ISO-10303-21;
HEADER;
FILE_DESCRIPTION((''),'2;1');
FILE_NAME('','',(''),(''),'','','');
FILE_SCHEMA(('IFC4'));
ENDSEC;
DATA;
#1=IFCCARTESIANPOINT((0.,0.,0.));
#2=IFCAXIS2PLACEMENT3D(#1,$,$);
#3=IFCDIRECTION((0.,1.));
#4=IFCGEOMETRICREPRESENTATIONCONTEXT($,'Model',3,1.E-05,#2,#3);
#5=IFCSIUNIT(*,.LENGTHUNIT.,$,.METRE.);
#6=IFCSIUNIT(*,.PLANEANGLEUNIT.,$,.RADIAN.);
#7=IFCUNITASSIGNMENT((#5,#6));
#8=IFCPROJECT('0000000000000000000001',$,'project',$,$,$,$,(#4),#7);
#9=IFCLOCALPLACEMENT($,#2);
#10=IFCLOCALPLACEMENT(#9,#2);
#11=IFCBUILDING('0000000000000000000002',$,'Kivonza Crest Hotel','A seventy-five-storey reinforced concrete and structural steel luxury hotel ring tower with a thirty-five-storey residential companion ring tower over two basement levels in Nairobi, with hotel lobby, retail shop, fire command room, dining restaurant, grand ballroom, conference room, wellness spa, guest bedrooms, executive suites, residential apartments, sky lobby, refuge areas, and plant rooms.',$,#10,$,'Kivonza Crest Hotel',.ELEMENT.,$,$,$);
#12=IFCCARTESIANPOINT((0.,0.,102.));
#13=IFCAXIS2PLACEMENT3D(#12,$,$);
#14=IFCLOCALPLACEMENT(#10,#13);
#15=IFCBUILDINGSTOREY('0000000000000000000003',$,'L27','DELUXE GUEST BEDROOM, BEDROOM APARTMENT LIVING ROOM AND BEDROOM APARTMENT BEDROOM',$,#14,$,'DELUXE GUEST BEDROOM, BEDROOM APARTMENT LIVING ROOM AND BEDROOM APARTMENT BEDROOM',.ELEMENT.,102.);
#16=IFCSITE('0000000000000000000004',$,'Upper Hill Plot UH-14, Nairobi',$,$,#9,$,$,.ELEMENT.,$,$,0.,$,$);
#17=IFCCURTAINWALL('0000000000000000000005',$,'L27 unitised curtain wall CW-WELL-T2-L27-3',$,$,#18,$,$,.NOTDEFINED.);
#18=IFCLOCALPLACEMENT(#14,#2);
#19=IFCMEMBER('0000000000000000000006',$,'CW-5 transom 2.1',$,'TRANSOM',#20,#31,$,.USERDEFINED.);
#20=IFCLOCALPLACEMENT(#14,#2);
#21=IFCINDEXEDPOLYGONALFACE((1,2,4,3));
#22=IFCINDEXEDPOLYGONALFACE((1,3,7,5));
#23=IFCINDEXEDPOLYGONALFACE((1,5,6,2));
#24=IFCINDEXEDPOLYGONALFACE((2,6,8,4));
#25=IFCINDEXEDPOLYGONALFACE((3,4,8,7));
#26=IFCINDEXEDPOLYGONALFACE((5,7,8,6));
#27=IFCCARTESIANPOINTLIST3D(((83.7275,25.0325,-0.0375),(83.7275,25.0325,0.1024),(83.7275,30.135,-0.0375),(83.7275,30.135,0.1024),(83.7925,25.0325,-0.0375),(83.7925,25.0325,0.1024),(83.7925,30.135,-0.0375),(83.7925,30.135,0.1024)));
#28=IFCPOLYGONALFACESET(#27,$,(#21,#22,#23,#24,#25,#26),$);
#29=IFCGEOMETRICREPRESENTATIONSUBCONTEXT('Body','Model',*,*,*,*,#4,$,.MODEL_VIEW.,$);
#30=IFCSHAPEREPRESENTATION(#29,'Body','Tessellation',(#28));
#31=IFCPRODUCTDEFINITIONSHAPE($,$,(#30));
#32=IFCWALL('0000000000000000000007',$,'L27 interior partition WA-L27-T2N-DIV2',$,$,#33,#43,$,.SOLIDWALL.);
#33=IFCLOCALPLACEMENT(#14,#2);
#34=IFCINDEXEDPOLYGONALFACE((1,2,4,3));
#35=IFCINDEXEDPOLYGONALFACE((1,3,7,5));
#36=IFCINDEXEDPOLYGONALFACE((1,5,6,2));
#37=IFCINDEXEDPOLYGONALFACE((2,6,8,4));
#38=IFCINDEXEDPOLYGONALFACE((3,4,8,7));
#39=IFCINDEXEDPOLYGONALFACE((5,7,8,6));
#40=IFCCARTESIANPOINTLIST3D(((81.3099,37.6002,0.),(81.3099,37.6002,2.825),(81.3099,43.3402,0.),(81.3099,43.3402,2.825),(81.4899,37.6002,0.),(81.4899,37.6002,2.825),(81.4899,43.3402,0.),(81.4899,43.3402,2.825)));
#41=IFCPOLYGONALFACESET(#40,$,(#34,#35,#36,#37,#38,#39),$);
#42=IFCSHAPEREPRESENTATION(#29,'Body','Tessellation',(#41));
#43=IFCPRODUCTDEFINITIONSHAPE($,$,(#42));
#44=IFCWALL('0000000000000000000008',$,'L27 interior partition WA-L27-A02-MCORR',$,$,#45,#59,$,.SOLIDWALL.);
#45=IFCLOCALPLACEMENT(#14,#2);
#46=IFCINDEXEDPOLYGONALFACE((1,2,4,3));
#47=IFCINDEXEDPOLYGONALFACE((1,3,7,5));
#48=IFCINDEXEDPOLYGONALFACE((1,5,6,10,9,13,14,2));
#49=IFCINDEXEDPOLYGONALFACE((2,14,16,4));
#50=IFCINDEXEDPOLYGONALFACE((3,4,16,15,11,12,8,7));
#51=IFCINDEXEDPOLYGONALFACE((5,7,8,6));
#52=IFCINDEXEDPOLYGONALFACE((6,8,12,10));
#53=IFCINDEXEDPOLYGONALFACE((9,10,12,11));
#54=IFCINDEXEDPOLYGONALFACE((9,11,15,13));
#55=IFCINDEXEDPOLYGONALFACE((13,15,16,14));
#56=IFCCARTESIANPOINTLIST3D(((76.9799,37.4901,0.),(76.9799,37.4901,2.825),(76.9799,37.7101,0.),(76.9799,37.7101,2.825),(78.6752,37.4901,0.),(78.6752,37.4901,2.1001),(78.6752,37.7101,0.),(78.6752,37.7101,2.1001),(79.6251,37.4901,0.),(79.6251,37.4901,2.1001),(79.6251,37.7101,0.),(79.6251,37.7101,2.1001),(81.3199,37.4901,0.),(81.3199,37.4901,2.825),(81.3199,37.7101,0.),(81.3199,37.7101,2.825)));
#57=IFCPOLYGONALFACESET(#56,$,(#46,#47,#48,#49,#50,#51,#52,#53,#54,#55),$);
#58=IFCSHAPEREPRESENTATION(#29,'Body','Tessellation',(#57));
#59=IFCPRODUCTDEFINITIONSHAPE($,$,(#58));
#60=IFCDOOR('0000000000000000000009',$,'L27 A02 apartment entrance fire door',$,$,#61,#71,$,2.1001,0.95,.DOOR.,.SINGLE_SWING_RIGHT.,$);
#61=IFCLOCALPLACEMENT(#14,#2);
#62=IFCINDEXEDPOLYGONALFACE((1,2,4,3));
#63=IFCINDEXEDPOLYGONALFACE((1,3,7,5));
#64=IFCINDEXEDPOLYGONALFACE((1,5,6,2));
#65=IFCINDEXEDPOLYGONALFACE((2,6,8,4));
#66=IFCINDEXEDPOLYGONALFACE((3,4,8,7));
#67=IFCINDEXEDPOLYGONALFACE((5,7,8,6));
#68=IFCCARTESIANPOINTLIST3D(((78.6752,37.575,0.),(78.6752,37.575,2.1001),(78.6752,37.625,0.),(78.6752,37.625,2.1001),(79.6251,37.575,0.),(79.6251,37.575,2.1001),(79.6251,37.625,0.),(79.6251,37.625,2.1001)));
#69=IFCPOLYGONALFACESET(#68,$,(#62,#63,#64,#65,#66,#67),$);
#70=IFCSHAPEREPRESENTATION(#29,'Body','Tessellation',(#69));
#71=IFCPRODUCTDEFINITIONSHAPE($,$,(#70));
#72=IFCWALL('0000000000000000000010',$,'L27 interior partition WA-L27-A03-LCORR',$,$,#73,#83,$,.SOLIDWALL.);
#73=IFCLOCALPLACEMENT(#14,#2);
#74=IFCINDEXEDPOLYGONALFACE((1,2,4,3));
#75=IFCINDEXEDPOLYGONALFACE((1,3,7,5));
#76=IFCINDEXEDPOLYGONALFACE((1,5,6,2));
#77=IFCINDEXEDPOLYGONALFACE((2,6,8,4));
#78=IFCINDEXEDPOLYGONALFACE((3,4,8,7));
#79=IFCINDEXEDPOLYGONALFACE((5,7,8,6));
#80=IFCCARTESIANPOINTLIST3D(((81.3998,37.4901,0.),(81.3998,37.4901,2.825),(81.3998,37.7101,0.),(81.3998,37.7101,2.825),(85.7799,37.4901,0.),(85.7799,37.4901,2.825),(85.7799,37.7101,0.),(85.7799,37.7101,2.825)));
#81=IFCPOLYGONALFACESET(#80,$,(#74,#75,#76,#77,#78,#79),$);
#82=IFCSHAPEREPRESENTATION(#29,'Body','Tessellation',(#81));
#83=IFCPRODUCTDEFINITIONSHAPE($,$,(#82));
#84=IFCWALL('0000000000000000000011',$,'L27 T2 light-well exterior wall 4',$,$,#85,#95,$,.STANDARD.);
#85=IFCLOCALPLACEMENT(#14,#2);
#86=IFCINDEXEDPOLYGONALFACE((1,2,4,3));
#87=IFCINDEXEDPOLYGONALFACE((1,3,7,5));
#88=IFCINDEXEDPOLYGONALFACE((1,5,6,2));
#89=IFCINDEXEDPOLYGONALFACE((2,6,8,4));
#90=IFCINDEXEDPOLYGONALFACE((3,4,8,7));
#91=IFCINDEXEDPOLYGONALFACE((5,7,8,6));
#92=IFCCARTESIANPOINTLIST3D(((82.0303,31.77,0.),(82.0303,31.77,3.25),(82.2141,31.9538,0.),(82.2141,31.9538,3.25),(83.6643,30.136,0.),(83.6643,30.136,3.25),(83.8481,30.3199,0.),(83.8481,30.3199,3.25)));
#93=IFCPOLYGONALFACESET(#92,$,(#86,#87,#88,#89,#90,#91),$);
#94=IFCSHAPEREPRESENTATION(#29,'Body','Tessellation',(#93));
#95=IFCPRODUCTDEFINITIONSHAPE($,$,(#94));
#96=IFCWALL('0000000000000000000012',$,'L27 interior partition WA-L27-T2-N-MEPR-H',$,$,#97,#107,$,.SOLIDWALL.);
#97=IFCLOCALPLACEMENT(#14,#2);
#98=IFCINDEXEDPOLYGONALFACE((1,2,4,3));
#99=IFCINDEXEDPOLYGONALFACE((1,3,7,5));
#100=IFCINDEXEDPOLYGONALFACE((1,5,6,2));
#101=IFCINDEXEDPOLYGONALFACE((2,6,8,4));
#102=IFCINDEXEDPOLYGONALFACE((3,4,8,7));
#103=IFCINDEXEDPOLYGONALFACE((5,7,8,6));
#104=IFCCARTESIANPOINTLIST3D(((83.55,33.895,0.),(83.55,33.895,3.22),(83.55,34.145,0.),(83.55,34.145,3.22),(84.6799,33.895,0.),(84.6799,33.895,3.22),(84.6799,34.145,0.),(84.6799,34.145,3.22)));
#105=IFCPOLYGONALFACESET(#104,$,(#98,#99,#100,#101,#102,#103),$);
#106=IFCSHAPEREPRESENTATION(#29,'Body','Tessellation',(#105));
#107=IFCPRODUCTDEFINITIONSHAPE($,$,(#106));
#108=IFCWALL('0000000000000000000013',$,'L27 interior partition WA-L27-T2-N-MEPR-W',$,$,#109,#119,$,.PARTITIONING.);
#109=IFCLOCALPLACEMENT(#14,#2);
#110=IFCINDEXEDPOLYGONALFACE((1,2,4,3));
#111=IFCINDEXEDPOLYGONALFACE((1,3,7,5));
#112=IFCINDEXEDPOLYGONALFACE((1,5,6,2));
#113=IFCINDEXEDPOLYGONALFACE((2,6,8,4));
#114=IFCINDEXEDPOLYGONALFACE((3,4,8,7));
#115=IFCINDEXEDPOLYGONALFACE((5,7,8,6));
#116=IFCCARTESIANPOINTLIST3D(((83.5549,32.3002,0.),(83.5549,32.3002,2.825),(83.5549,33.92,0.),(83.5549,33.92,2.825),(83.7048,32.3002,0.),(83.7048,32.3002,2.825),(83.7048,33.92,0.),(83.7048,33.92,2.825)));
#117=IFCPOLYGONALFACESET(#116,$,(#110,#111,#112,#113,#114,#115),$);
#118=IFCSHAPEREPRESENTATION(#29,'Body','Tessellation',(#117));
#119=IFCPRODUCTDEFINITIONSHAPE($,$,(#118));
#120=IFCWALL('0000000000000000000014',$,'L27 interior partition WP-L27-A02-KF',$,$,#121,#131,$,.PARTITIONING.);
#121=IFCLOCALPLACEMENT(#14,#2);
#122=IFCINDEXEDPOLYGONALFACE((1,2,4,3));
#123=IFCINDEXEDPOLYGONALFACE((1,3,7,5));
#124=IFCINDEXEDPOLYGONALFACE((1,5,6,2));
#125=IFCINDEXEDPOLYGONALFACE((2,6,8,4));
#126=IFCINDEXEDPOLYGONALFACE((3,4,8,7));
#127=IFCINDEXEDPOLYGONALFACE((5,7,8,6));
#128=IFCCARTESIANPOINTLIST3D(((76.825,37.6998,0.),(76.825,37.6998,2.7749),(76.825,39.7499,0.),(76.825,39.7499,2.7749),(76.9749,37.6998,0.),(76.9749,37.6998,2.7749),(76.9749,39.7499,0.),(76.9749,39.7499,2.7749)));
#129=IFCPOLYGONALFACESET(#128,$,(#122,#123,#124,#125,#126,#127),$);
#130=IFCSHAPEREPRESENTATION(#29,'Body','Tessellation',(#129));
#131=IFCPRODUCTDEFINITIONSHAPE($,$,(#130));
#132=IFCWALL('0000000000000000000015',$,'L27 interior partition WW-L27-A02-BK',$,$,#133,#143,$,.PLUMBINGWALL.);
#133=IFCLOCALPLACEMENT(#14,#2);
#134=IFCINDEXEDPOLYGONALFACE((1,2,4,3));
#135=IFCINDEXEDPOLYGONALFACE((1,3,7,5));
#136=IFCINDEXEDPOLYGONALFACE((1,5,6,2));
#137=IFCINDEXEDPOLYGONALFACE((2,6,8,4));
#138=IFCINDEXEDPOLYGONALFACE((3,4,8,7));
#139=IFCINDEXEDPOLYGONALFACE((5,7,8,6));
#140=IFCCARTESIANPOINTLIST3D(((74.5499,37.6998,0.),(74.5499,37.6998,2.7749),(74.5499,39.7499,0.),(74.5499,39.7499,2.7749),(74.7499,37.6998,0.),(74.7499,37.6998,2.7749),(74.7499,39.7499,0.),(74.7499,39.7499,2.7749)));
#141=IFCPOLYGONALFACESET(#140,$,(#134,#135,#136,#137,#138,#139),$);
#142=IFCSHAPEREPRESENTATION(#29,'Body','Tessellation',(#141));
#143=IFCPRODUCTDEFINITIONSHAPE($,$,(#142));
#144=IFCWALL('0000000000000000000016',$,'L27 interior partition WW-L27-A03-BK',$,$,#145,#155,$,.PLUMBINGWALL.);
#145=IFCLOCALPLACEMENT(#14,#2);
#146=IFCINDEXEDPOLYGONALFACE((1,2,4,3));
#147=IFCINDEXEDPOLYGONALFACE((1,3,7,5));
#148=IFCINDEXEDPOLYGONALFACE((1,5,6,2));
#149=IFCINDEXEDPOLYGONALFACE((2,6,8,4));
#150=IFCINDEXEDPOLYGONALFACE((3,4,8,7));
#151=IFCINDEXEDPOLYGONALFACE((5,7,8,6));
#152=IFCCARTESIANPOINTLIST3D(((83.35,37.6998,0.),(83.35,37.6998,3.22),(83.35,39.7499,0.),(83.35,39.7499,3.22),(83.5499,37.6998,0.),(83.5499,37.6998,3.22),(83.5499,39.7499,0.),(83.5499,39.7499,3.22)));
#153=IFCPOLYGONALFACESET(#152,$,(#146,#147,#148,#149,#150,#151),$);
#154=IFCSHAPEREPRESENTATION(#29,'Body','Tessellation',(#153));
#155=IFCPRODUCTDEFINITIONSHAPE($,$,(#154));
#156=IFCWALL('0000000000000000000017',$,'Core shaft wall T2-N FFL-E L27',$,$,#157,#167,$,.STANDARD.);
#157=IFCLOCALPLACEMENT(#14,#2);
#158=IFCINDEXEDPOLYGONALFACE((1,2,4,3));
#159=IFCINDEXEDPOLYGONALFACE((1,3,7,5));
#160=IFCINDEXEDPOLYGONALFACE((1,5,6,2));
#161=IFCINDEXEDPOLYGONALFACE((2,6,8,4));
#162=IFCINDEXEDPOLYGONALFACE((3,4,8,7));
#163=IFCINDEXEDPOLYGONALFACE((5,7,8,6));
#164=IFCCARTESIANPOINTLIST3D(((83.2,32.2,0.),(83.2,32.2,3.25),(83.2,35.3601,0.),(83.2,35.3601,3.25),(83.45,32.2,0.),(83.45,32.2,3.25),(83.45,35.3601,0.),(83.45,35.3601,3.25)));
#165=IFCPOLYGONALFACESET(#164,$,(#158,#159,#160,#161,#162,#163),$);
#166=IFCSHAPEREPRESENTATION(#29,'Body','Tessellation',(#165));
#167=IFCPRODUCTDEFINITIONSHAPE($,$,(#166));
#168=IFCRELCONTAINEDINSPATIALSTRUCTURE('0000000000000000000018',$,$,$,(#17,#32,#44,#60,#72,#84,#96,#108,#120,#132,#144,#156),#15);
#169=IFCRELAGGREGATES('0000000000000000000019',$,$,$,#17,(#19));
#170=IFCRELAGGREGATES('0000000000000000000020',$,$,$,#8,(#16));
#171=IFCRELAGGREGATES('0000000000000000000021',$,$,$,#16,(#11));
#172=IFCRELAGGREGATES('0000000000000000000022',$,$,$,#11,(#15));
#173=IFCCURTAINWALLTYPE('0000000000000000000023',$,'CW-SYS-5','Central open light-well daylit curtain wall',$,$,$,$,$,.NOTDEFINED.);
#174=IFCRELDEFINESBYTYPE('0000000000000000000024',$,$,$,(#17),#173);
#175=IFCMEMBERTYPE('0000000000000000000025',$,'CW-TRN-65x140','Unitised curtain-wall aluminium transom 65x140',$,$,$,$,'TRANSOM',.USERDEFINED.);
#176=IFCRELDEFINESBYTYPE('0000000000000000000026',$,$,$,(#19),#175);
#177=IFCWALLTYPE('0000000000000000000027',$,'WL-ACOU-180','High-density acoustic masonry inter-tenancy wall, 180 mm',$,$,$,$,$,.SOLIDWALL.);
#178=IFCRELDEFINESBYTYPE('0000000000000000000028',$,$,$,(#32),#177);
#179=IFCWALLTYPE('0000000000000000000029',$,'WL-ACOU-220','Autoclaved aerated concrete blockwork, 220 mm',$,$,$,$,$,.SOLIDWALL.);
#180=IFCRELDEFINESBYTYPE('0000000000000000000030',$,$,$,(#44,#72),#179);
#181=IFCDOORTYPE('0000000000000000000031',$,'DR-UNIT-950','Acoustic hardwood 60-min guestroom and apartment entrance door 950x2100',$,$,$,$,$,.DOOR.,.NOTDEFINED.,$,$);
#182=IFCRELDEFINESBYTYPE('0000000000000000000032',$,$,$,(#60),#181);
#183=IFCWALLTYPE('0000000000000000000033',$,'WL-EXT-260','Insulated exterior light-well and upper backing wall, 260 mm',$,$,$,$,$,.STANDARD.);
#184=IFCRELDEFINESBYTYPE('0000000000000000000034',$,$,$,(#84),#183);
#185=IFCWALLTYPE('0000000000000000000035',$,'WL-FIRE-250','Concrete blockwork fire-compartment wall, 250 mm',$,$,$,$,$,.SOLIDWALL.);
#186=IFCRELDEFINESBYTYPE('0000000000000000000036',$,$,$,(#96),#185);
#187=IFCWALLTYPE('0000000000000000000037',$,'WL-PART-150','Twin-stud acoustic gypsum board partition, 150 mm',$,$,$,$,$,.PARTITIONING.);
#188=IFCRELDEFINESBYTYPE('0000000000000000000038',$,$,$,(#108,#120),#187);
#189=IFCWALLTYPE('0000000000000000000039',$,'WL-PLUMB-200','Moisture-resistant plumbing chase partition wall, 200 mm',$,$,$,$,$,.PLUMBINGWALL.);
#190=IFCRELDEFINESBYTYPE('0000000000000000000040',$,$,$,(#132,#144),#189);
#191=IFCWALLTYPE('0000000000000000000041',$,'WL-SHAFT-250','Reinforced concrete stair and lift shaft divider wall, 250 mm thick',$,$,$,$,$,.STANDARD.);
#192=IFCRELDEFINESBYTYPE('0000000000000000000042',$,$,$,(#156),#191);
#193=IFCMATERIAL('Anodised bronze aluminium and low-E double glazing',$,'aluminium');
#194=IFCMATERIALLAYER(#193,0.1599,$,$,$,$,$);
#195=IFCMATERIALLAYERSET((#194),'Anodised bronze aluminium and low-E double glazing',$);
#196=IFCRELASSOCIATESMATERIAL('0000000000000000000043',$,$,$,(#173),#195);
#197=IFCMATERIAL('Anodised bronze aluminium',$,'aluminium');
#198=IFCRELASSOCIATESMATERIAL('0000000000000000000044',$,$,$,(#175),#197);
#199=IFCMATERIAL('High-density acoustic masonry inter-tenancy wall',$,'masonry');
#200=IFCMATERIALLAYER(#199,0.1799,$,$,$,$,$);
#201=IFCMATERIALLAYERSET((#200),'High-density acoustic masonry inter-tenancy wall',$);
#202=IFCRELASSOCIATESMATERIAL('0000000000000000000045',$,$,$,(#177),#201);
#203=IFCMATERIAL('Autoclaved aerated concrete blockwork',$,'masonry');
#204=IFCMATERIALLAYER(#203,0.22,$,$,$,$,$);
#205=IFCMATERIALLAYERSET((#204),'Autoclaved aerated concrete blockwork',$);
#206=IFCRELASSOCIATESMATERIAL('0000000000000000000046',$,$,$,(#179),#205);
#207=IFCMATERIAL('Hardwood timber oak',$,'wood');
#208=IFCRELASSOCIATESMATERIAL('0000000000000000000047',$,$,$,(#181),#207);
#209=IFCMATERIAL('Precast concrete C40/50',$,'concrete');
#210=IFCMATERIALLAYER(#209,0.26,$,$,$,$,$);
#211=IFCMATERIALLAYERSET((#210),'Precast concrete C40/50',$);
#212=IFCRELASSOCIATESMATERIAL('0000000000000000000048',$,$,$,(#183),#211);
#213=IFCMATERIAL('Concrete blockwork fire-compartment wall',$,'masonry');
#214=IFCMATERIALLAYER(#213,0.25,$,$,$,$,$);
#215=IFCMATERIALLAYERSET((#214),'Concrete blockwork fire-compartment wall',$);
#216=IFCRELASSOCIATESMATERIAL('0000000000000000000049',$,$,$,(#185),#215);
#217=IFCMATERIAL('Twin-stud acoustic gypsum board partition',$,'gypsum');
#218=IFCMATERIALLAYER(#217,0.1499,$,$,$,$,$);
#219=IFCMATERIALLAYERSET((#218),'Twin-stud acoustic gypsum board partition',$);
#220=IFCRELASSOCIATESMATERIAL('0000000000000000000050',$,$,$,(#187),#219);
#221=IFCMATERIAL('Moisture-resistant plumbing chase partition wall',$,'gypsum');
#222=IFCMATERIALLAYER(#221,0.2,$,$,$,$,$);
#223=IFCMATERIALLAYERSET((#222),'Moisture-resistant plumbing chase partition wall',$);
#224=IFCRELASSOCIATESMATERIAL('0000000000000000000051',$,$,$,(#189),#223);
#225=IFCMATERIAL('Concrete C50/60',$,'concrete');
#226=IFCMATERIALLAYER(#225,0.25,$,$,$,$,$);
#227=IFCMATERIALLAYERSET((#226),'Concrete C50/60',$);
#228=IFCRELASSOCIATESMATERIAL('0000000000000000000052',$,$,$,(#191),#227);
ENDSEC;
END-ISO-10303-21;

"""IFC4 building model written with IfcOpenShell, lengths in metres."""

from ifc_helpers import new_model, si_unit, direction, frame, frame_2d, origin, origin_2d, place, context, subcontext, project, spatial, rectangle, extrude, material, layer, layer_set, material_profile, profile_set, type_object, element, fill, aggregate, save


model = new_model("IFC4")

# Units and contexts
model_context = context("Model", 3, precision=1e-05, world=origin(), true_north=direction((0.0, 1.0)))
body_context = subcontext(model_context, "Body", "Model", "MODEL_VIEW")
ifc_project = project(units=[si_unit("LENGTHUNIT", "METRE"), si_unit("PLANEANGLEUNIT", "RADIAN")], contexts=[model_context])

# Site, building, storey
site_placement = place(None, origin())
site = spatial("IfcSite", under=ifc_project, at=site_placement, Name="Upper Hill Plot UH-14, Nairobi", CompositionType="ELEMENT", RefElevation=0.0)
building_placement = place(site_placement, origin())
building = spatial("IfcBuilding", under=site, at=building_placement, Name="Kivonza Crest Hotel", Description="A seventy-five-storey reinforced concrete and structural steel luxury hotel ring tower with a thirty-five-storey residential companion ring tower over two basement levels in Nairobi, with hotel lobby, retail shop, fire command room, dining restaurant, grand ballroom, conference room, wellness spa, guest bedrooms, executive suites, residential apartments, sky lobby, refuge areas, and plant rooms.", LongName="Kivonza Crest Hotel", CompositionType="ELEMENT")
storey_placement = place(building_placement, frame((0.0, 0.0, 102.0)))
storey = spatial("IfcBuildingStorey", under=building, at=storey_placement, Name="L27", Description="DELUXE GUEST BEDROOM, BEDROOM APARTMENT LIVING ROOM AND BEDROOM APARTMENT BEDROOM", LongName="DELUXE GUEST BEDROOM, BEDROOM APARTMENT LIVING ROOM AND BEDROOM APARTMENT BEDROOM", CompositionType="ELEMENT", Elevation=102.0)

# Curtain wall, member
ifc_material_1 = material(Name="Anodised bronze aluminium and low-E double glazing", Category="aluminium")
ifc_layer_1 = layer(ifc_material_1, 0.1599)
ifc_layer_set_1 = layer_set([ifc_layer_1], Name="Anodised bronze aluminium and low-E double glazing")
curtain_wall_type = type_object("IfcCurtainWallType", Name="CW-SYS-5", Description="Central open light-well daylit curtain wall", PredefinedType="NOTDEFINED", material=ifc_layer_set_1)
curtain_wall_placement = place(storey_placement, origin())
curtain_wall = element("IfcCurtainWall", 1, at=curtain_wall_placement, inside=storey, type_object=curtain_wall_type, Name="L27 unitised curtain wall CW-WELL-T2-L27-3", PredefinedType="NOTDEFINED")
ifc_material_2 = material(Name="Anodised bronze aluminium", Category="aluminium")
ifc_material_profile = material_profile(ifc_material_2, rectangle(XDim=0.0649, YDim=0.1399, at=origin_2d()), Name="CW-T 65x140")
ifc_profile_set = profile_set([ifc_material_profile], Name="Anodised bronze aluminium")
member_type = type_object("IfcMemberType", Name="CW-TRN-65x140", Description="Unitised curtain-wall aluminium transom 65x140", ElementType="TRANSOM", PredefinedType="USERDEFINED", material=ifc_profile_set)
member_placement = place(storey_placement, frame((83.76, 25.0325, 0.0325), z_axis=(0.0, 1.0, 0.0), x_axis=(-1.0, 0.0, 0.0)))
member = element("IfcMember", 2, at=member_placement, type_object=member_type, Name="CW-5 transom 2.1", ObjectType="TRANSOM", PredefinedType="USERDEFINED", context=body_context, shape_type="SweptSolid", body=[
    extrude(rectangle(XDim=0.0649, YDim=0.1399, at=origin_2d()), origin(), (0.0, 0.0, 1.0), 5.1025),
])
aggregate(curtain_wall, [member])

# Wall
ifc_material_3 = material(Name="High-density acoustic masonry inter-tenancy wall", Category="masonry")
ifc_layer_2 = layer(ifc_material_3, 0.1799)
ifc_layer_set_2 = layer_set([ifc_layer_2], Name="High-density acoustic masonry inter-tenancy wall")
wall_type_1 = type_object("IfcWallType", Name="WL-ACOU-180", Description="High-density acoustic masonry inter-tenancy wall, 180 mm", PredefinedType="SOLIDWALL", material=ifc_layer_set_2)
wall_1_placement = place(storey_placement, frame((81.3999, 37.6001, 0.0), z_axis=(0.0, 0.0, 1.0), x_axis=(0.0, 1.0, 0.0)))
element("IfcWall", 3, at=wall_1_placement, inside=storey, type_object=wall_type_1, Name="L27 interior partition WA-L27-T2N-DIV2", PredefinedType="SOLIDWALL", context=body_context, shape_type="SweptSolid", body=[
    extrude(rectangle(XDim=5.74, YDim=0.1799, at=frame_2d((2.8701, 0.0))), origin(), (0.0, 0.0, 1.0), 2.825),
])

# Wall, opening, door
ifc_material_4 = material(Name="Autoclaved aerated concrete blockwork", Category="masonry")
ifc_layer_3 = layer(ifc_material_4, 0.22)
ifc_layer_set_3 = layer_set([ifc_layer_3], Name="Autoclaved aerated concrete blockwork")
wall_type_2 = type_object("IfcWallType", Name="WL-ACOU-220", Description="Autoclaved aerated concrete blockwork, 220 mm", PredefinedType="SOLIDWALL", material=ifc_layer_set_3)
wall_2_placement = place(storey_placement, frame((76.98, 37.6001, 0.0), z_axis=(0.0, 0.0, 1.0), x_axis=(1.0, 0.0, 0.0)))
wall_2 = element("IfcWall", 4, at=wall_2_placement, inside=storey, type_object=wall_type_2, Name="L27 interior partition WA-L27-A02-MCORR", PredefinedType="SOLIDWALL", context=body_context, shape_type="SweptSolid", body=[
    extrude(rectangle(XDim=4.3401, YDim=0.22, at=frame_2d((2.1699, 0.0))), origin(), (0.0, 0.0, 1.0), 2.825),
])
opening_1_placement = place(wall_2_placement, frame((1.6951, 0.0, 0.0)))
opening_1 = element("IfcOpeningElement", 5, at=opening_1_placement, cuts=wall_2, PredefinedType="OPENING", context=body_context, shape_type="SweptSolid", body=[
    extrude(rectangle(XDim=0.95, YDim=2.1001, at=frame_2d((0.4751, 1.05))), frame((0.0, 0.1201, 0.0), z_axis=(0.0, -1.0, 0.0), x_axis=(1.0, 0.0, 0.0)), (0.0, 0.0, 1.0), 0.24),
])
ifc_material_5 = material(Name="Hardwood timber oak", Category="wood")
door_type_1 = type_object("IfcDoorType", Name="DR-UNIT-950", Description="Acoustic hardwood 60-min guestroom and apartment entrance door 950x2100", OperationType="NOTDEFINED", PredefinedType="DOOR", material=ifc_material_5)
door_1_placement = place(opening_1_placement, origin())
door_1 = element("IfcDoor", 6, at=door_1_placement, inside=storey, type_object=door_type_1, Name="L27 A02 apartment entrance fire door", OperationType="SINGLE_SWING_RIGHT", OverallHeight=2.1001, OverallWidth=0.95, PredefinedType="DOOR", context=body_context, shape_type="SweptSolid", body=[
    extrude(rectangle(XDim=0.95, YDim=2.1001, at=frame_2d((0.4751, 1.05))), frame((0.0, 0.0249, 0.0), z_axis=(0.0, -1.0, 0.0), x_axis=(1.0, 0.0, 0.0)), (0.0, 0.0, 1.0), 0.05),
])
fill(opening_1, door_1)

# Walls
wall_3_placement = place(storey_placement, frame((81.3999, 37.6001, 0.0), z_axis=(0.0, 0.0, 1.0), x_axis=(1.0, 0.0, 0.0)))
element("IfcWall", 7, at=wall_3_placement, inside=storey, type_object=wall_type_2, Name="L27 interior partition WA-L27-A03-LCORR", PredefinedType="SOLIDWALL", context=body_context, shape_type="SweptSolid", body=[
    extrude(rectangle(XDim=4.3801, YDim=0.22, at=frame_2d((2.1899, 0.0))), origin(), (0.0, 0.0, 1.0), 2.825),
])
ifc_material_6 = material(Name="Precast concrete C40/50", Category="concrete")
ifc_layer_4 = layer(ifc_material_6, 0.26)
ifc_layer_set_4 = layer_set([ifc_layer_4], Name="Precast concrete C40/50")
wall_type_3 = type_object("IfcWallType", Name="WL-EXT-260", Description="Insulated exterior light-well and upper backing wall, 260 mm", PredefinedType="STANDARD", material=ifc_layer_set_4)
wall_4_placement = place(storey_placement, frame((83.7561, 30.228, 0.0), z_axis=(0.0, 0.0, 1.0), x_axis=(-0.707107, 0.707107, 0.0)))
element("IfcWall", 8, at=wall_4_placement, inside=storey, type_object=wall_type_3, Name="L27 T2 light-well exterior wall 4", PredefinedType="STANDARD", context=body_context, shape_type="SweptSolid", body=[
    extrude(rectangle(XDim=2.3108, YDim=0.26, at=frame_2d((1.1553, 0.0))), origin(), (0.0, 0.0, 1.0), 3.25),
])
ifc_material_7 = material(Name="Concrete blockwork fire-compartment wall", Category="masonry")
ifc_layer_5 = layer(ifc_material_7, 0.25)
ifc_layer_set_5 = layer_set([ifc_layer_5], Name="Concrete blockwork fire-compartment wall")
wall_type_4 = type_object("IfcWallType", Name="WL-FIRE-250", Description="Concrete blockwork fire-compartment wall, 250 mm", PredefinedType="SOLIDWALL", material=ifc_layer_set_5)
wall_5_placement = place(storey_placement, frame((83.55, 34.02, 0.0), z_axis=(0.0, 0.0, 1.0), x_axis=(1.0, 0.0, 0.0)))
element("IfcWall", 9, at=wall_5_placement, inside=storey, type_object=wall_type_4, Name="L27 interior partition WA-L27-T2-N-MEPR-H", PredefinedType="SOLIDWALL", context=body_context, shape_type="SweptSolid", body=[
    extrude(rectangle(XDim=1.1299, YDim=0.25, at=frame_2d((0.5649, 0.0))), origin(), (0.0, 0.0, 1.0), 3.22),
])
ifc_material_8 = material(Name="Twin-stud acoustic gypsum board partition", Category="gypsum")
ifc_layer_6 = layer(ifc_material_8, 0.1499)
ifc_layer_set_6 = layer_set([ifc_layer_6], Name="Twin-stud acoustic gypsum board partition")
wall_type_5 = type_object("IfcWallType", Name="WL-PART-150", Description="Twin-stud acoustic gypsum board partition, 150 mm", PredefinedType="PARTITIONING", material=ifc_layer_set_6)
wall_6_placement = place(storey_placement, frame((83.6299, 32.3, 0.0), z_axis=(0.0, 0.0, 1.0), x_axis=(0.0, 1.0, 0.0)))
element("IfcWall", 10, at=wall_6_placement, inside=storey, type_object=wall_type_5, Name="L27 interior partition WA-L27-T2-N-MEPR-W", PredefinedType="PARTITIONING", context=body_context, shape_type="SweptSolid", body=[
    extrude(rectangle(XDim=1.6199, YDim=0.1499, at=frame_2d((0.8101, 0.0))), origin(), (0.0, 0.0, 1.0), 2.825),
])
wall_7_placement = place(storey_placement, frame((76.8999, 37.7, 0.0), z_axis=(0.0, 0.0, 1.0), x_axis=(0.0, 1.0, 0.0)))
element("IfcWall", 11, at=wall_7_placement, inside=storey, type_object=wall_type_5, Name="L27 interior partition WP-L27-A02-KF", PredefinedType="PARTITIONING", context=body_context, shape_type="SweptSolid", body=[
    extrude(rectangle(XDim=2.05, YDim=0.1499, at=frame_2d((1.0249, 0.0))), origin(), (0.0, 0.0, 1.0), 2.7749),
])
ifc_material_9 = material(Name="Moisture-resistant plumbing chase partition wall", Category="gypsum")
ifc_layer_7 = layer(ifc_material_9, 0.2)
ifc_layer_set_7 = layer_set([ifc_layer_7], Name="Moisture-resistant plumbing chase partition wall")
wall_type_6 = type_object("IfcWallType", Name="WL-PLUMB-200", Description="Moisture-resistant plumbing chase partition wall, 200 mm", PredefinedType="PLUMBINGWALL", material=ifc_layer_set_7)
wall_8_placement = place(storey_placement, frame((74.6499, 37.7, 0.0), z_axis=(0.0, 0.0, 1.0), x_axis=(0.0, 1.0, 0.0)))
element("IfcWall", 12, at=wall_8_placement, inside=storey, type_object=wall_type_6, Name="L27 interior partition WW-L27-A02-BK", PredefinedType="PLUMBINGWALL", context=body_context, shape_type="SweptSolid", body=[
    extrude(rectangle(XDim=2.05, YDim=0.2, at=frame_2d((1.0249, 0.0))), origin(), (0.0, 0.0, 1.0), 2.7749),
])
wall_9_placement = place(storey_placement, frame((83.45, 37.7, 0.0), z_axis=(0.0, 0.0, 1.0), x_axis=(0.0, 1.0, 0.0)))
element("IfcWall", 13, at=wall_9_placement, inside=storey, type_object=wall_type_6, Name="L27 interior partition WW-L27-A03-BK", PredefinedType="PLUMBINGWALL", context=body_context, shape_type="SweptSolid", body=[
    extrude(rectangle(XDim=2.05, YDim=0.2, at=frame_2d((1.0249, 0.0))), origin(), (0.0, 0.0, 1.0), 3.22),
])

# Shared definitions
ifc_material_10 = material(Name="Concrete C50/60", Category="concrete")
ifc_layer_8 = layer(ifc_material_10, 0.25)
ifc_layer_set_8 = layer_set([ifc_layer_8], Name="Concrete C50/60")
wall_type_7 = type_object("IfcWallType", Name="WL-SHAFT-250", Description="Reinforced concrete stair and lift shaft divider wall, 250 mm thick", PredefinedType="STANDARD", material=ifc_layer_set_8)

# Wall
wall_10_placement = place(storey_placement, frame((83.325, 32.2, 0.0), z_axis=(0.0, 0.0, 1.0), x_axis=(0.0, 1.0, 0.0)))
element("IfcWall", 14, at=wall_10_placement, inside=storey, type_object=wall_type_7, Name="Core shaft wall T2-N FFL-E L27", PredefinedType="STANDARD", context=body_context, shape_type="SweptSolid", body=[
    extrude(rectangle(XDim=3.1602, YDim=0.25, at=frame_2d((1.5801, 0.0))), origin(), (0.0, 0.0, 1.0), 3.25),
])

save(model, "model.ifc")
